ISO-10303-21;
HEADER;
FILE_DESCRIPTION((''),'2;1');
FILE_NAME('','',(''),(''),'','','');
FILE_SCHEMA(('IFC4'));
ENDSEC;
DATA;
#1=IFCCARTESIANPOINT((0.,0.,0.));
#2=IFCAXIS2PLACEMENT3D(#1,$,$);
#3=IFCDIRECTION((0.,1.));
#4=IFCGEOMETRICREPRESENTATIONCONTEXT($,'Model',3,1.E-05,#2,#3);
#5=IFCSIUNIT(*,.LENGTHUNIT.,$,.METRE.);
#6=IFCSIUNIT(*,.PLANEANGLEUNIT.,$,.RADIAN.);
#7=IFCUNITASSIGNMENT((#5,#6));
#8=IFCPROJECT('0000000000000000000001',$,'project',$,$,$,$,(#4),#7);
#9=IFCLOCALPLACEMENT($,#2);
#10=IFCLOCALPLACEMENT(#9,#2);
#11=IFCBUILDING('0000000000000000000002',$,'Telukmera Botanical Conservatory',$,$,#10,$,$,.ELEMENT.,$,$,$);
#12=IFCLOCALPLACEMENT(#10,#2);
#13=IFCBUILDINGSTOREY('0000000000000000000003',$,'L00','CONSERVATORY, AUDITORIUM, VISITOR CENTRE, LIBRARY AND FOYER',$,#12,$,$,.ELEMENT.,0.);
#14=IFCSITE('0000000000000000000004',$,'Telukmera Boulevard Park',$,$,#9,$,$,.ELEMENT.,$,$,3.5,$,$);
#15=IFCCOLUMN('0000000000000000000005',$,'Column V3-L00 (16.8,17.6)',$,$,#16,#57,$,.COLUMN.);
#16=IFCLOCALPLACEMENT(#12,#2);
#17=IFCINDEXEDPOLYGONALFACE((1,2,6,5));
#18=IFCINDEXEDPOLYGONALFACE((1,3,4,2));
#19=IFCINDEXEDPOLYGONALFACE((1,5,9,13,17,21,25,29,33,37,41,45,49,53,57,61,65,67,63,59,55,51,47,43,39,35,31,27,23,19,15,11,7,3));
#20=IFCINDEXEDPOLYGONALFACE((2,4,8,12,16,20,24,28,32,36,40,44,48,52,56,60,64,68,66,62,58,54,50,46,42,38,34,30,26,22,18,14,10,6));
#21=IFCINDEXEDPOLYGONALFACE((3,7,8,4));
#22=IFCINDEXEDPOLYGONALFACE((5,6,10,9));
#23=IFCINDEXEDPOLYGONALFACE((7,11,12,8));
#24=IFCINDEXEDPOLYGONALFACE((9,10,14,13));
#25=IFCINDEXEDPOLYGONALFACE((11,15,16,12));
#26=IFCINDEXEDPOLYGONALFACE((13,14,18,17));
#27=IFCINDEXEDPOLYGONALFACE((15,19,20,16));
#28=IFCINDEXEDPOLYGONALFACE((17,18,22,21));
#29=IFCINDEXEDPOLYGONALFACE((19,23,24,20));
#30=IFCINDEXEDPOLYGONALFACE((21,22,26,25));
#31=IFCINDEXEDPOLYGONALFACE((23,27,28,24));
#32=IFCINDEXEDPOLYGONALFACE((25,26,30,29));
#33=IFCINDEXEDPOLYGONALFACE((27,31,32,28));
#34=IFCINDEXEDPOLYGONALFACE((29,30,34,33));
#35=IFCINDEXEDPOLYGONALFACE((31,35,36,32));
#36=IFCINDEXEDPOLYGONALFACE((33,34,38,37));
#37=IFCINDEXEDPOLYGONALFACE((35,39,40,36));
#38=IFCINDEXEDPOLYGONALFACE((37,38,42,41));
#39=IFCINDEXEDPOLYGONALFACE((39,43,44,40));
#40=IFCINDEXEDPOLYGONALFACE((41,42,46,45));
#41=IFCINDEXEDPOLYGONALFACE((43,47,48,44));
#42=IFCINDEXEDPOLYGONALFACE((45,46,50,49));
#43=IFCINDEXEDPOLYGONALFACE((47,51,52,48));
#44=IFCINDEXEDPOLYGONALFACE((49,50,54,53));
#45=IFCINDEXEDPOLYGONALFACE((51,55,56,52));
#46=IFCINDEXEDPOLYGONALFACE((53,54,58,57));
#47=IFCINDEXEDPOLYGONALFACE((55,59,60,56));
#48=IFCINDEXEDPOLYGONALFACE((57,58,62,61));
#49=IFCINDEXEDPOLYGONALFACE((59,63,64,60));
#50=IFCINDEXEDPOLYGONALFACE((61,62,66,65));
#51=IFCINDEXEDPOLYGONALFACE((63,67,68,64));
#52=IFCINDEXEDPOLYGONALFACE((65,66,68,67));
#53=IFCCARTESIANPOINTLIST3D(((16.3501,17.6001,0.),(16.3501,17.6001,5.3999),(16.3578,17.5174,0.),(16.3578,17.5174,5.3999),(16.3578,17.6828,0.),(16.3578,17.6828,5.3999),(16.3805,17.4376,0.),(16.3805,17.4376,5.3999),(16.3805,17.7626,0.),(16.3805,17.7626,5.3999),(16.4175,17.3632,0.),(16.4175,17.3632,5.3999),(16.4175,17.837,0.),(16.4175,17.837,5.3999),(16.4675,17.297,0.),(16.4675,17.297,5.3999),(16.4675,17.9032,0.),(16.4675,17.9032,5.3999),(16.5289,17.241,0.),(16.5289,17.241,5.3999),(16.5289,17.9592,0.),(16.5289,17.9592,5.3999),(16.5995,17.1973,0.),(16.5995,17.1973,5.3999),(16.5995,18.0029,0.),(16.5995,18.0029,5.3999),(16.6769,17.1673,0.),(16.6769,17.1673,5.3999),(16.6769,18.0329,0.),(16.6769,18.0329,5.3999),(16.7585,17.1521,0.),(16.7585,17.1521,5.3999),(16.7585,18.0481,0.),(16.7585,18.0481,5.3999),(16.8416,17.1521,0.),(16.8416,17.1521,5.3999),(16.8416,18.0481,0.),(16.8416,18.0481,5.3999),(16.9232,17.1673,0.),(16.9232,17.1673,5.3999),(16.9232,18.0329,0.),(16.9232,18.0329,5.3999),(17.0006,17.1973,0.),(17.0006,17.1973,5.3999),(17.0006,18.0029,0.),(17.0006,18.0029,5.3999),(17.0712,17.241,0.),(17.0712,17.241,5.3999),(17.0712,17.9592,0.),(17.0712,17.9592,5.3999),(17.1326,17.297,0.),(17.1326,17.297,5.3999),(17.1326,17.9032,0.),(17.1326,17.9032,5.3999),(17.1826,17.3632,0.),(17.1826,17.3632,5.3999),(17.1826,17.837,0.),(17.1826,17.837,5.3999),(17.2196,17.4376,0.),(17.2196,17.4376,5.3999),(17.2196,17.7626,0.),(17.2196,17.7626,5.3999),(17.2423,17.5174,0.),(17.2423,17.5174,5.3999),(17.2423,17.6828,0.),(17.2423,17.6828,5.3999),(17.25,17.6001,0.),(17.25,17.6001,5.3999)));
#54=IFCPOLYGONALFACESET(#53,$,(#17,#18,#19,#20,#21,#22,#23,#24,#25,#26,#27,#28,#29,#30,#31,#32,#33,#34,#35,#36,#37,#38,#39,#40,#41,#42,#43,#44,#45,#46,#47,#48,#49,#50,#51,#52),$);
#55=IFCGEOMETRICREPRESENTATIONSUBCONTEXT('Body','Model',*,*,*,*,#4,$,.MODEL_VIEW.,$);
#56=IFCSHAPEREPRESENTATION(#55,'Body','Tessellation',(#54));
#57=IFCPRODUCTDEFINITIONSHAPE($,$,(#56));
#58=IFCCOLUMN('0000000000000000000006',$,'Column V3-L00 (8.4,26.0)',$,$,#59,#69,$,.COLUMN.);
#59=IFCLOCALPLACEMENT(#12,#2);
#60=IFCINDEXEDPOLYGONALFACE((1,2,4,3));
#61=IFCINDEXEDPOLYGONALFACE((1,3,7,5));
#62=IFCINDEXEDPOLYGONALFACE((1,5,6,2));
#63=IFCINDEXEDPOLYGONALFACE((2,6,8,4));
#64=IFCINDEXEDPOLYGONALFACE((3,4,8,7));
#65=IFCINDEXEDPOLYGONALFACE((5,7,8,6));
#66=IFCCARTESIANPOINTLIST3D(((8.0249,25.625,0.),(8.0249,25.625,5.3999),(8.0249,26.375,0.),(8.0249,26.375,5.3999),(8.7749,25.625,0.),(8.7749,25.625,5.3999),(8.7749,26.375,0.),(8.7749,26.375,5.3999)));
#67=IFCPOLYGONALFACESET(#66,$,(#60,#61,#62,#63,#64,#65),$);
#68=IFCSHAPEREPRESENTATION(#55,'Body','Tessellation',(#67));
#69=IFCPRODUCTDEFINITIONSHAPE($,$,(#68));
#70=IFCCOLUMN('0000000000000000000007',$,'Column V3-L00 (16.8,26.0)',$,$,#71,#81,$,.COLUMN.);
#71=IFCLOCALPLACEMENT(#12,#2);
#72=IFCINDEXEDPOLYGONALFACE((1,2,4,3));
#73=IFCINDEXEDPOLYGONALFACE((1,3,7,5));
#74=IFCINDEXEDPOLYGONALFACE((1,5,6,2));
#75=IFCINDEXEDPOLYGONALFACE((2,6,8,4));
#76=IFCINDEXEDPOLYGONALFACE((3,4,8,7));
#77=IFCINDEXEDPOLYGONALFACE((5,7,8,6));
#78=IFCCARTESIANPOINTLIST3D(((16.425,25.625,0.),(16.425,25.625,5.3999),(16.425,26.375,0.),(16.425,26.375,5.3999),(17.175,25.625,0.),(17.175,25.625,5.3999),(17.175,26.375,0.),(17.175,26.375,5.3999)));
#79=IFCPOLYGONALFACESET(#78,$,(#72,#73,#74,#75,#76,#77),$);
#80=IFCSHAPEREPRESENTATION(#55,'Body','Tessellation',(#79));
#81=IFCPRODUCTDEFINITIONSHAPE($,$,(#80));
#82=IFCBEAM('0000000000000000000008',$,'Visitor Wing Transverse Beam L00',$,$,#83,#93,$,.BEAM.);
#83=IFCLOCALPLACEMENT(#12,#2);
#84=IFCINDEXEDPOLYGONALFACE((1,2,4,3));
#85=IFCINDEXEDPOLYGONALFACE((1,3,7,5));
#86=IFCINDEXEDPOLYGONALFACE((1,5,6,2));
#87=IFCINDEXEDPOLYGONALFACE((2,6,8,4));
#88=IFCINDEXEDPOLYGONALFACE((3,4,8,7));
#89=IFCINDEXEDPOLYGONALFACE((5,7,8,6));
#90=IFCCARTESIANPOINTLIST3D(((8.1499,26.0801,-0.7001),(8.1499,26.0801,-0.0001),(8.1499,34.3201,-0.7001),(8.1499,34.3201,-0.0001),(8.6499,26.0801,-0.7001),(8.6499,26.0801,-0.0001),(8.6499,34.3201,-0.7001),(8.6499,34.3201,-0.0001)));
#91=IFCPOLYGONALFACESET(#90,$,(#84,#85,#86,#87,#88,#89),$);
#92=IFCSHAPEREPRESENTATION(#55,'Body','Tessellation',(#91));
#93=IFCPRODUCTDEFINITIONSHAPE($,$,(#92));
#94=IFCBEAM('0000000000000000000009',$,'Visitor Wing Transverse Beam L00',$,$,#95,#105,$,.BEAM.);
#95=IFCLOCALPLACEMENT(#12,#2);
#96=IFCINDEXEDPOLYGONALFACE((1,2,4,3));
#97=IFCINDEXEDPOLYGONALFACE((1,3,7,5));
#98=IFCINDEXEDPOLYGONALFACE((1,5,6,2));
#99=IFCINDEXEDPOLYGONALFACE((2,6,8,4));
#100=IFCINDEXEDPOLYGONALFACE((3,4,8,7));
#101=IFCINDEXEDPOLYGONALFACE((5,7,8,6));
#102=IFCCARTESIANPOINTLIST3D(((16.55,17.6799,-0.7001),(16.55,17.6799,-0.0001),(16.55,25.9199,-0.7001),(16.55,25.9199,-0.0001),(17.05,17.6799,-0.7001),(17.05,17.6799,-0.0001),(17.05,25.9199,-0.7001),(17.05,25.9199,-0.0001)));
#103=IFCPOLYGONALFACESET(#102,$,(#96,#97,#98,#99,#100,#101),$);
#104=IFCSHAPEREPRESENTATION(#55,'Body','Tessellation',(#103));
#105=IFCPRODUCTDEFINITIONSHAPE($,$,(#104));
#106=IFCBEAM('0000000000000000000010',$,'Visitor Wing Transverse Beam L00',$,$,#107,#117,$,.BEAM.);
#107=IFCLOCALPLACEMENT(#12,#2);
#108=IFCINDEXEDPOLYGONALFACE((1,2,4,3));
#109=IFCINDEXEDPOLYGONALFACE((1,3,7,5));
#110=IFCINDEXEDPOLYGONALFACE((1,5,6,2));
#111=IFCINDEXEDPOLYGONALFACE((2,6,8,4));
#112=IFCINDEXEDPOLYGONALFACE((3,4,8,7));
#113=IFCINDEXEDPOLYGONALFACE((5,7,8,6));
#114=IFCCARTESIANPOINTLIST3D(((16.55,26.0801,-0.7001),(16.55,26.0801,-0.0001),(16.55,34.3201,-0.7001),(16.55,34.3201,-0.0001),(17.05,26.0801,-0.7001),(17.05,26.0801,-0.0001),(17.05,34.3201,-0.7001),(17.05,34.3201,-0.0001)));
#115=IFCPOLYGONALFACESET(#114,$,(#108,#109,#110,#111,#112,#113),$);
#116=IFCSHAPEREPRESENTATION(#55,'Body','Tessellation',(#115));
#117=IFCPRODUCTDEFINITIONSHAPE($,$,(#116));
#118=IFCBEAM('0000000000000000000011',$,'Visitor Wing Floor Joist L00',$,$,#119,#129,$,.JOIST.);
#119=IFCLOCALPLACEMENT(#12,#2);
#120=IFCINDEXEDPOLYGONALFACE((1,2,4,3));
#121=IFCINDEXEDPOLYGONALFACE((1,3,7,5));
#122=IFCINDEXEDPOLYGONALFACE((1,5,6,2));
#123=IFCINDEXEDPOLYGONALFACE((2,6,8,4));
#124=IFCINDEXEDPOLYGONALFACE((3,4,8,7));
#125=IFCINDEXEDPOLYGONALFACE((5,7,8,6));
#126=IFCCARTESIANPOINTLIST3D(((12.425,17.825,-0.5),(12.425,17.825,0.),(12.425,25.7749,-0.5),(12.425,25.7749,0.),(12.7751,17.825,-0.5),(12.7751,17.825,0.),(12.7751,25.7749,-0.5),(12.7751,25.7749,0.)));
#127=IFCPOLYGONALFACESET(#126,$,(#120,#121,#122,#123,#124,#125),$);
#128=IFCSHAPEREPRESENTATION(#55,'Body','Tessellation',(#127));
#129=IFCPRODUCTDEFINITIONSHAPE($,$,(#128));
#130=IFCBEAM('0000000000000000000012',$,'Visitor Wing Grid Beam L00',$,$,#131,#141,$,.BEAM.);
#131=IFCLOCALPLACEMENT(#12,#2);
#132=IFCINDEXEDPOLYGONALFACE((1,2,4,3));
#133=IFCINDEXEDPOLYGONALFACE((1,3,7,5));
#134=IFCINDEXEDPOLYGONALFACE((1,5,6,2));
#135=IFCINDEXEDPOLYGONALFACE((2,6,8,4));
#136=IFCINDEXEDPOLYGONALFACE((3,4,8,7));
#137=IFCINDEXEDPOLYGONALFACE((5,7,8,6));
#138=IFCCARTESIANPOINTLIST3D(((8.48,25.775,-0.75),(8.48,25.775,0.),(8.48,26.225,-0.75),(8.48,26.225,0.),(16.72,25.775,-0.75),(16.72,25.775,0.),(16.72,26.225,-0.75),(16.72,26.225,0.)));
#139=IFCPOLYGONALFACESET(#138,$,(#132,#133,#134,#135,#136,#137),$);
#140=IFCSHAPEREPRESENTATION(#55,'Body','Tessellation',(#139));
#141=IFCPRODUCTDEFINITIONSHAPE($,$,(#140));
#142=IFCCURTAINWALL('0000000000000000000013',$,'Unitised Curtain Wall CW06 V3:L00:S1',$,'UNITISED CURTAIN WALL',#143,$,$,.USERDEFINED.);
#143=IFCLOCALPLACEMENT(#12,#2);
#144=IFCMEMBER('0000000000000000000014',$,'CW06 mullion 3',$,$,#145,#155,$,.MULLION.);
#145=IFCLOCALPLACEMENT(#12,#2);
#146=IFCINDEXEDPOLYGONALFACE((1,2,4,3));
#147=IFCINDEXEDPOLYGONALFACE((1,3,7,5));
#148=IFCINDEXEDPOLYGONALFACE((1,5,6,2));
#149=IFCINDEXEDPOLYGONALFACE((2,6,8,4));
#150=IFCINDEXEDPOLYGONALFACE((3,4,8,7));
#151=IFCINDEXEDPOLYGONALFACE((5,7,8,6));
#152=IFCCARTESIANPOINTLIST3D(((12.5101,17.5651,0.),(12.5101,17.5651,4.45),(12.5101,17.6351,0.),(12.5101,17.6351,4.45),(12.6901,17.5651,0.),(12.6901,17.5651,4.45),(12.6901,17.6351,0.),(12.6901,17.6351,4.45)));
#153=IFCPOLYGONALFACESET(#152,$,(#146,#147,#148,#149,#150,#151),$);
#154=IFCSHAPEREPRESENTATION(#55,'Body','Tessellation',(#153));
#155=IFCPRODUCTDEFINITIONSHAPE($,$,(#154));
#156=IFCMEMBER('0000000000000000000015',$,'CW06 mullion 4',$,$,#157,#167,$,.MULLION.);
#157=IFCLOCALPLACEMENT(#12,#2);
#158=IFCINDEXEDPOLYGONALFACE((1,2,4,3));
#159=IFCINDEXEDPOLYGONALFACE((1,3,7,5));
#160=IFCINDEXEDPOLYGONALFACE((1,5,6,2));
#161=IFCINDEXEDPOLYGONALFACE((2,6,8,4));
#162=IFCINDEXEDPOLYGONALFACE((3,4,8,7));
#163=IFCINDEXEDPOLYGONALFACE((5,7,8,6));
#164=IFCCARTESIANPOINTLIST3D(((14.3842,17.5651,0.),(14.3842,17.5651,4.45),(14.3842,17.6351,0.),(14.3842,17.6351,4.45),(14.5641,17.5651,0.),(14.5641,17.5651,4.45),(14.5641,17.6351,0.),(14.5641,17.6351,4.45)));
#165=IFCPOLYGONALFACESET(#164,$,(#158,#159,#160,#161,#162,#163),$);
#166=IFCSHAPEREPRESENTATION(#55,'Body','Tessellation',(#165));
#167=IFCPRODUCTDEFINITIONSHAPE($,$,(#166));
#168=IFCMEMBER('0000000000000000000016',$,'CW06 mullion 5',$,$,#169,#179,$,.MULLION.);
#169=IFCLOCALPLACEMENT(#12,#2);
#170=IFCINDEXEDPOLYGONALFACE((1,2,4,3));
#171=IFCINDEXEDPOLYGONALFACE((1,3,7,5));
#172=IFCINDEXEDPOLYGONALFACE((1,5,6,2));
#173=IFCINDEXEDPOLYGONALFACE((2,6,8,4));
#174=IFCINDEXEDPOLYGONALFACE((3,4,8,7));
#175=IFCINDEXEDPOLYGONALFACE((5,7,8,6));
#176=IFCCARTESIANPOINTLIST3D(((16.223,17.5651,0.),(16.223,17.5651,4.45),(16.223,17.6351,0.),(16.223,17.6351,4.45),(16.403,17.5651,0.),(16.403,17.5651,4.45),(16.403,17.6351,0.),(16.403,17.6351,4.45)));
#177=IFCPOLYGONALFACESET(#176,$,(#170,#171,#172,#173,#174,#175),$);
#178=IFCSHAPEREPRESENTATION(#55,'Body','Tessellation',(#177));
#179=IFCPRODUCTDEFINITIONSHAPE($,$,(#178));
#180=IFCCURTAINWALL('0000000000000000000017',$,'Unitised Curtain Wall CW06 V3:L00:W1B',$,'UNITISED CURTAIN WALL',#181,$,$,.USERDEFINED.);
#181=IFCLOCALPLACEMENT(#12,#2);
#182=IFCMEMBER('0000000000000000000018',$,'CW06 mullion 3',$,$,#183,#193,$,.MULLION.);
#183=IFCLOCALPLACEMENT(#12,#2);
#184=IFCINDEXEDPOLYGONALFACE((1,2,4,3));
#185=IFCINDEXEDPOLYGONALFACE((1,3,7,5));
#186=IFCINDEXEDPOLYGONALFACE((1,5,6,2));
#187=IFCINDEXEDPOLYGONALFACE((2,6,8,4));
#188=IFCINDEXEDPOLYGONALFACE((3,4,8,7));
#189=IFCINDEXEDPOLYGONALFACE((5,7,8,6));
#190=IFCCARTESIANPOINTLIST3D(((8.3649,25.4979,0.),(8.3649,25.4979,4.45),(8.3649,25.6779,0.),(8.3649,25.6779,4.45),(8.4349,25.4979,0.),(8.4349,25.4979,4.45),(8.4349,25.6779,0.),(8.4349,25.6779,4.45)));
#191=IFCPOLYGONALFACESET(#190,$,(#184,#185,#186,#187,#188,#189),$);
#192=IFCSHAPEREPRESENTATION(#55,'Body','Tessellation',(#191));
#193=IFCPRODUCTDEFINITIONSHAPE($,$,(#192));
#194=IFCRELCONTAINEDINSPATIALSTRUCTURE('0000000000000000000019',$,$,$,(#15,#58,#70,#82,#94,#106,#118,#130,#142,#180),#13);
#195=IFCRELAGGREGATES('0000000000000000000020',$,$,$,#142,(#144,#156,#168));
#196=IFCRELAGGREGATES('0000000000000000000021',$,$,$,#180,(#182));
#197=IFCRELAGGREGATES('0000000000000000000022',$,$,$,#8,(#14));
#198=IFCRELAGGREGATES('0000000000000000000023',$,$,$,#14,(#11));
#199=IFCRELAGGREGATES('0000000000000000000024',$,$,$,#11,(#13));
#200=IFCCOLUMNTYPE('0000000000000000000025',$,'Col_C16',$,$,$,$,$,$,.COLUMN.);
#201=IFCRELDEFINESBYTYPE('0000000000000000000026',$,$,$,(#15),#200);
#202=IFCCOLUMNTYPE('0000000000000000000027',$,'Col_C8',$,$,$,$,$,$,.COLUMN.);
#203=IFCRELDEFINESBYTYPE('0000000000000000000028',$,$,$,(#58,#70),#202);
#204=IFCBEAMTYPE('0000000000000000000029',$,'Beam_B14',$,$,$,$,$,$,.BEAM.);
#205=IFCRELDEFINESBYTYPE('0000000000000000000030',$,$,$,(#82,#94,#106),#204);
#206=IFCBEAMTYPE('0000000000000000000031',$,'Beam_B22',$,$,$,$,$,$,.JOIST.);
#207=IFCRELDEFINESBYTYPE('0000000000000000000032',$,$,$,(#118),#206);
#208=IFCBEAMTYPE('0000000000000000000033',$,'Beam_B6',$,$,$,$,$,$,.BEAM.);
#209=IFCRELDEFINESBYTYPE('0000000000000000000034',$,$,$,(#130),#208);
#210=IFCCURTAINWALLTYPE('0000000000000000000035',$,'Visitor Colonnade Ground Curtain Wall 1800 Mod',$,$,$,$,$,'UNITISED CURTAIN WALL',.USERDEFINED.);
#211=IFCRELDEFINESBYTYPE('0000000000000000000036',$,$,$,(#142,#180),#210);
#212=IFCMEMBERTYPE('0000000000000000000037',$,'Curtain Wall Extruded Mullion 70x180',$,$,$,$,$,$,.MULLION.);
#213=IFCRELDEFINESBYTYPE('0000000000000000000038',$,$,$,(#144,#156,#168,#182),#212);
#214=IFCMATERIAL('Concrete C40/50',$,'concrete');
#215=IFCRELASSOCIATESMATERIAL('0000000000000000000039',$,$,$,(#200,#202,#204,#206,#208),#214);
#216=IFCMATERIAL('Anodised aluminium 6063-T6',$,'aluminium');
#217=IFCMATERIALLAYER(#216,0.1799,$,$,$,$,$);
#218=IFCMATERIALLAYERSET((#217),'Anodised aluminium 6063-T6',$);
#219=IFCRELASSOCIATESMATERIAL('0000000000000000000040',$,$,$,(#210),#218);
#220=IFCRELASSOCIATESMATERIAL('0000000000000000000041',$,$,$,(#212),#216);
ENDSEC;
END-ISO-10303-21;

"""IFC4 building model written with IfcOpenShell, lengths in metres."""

from ifc_helpers import new_model, si_unit, direction, frame, origin, origin_2d, place, context, subcontext, project, spatial, rectangle, circle, extrude, material, layer, layer_set, material_profile, profile_set, type_object, element, aggregate, save


model = new_model("IFC4")

# Units and contexts
model_context = context("Model", 3, precision=1e-05, world=origin(), true_north=direction((0.0, 1.0)))
body_context = subcontext(model_context, "Body", "Model", "MODEL_VIEW")
ifc_project = project(units=[si_unit("LENGTHUNIT", "METRE"), si_unit("PLANEANGLEUNIT", "RADIAN")], contexts=[model_context])

# Site, building, storey
site_placement = place(None, origin())
site = spatial("IfcSite", under=ifc_project, at=site_placement, Name="Telukmera Boulevard Park", CompositionType="ELEMENT", RefElevation=3.5)
building_placement = place(site_placement, origin())
building = spatial("IfcBuilding", under=site, at=building_placement, Name="Telukmera Botanical Conservatory", CompositionType="ELEMENT")
storey_placement = place(building_placement, origin())
storey = spatial("IfcBuildingStorey", under=building, at=storey_placement, Name="L00", Description="CONSERVATORY, AUDITORIUM, VISITOR CENTRE, LIBRARY AND FOYER", CompositionType="ELEMENT", Elevation=0.0)

# Columns
ifc_material_1 = material(Name="Concrete C40/50", Category="concrete")
ifc_material_profile_1 = material_profile(ifc_material_1, circle(Radius=0.45, at=origin_2d()), Name="RC D900")
ifc_profile_set_1 = profile_set([ifc_material_profile_1], Name="Concrete C40/50")
column_type_1 = type_object("IfcColumnType", Name="Col_C16", PredefinedType="COLUMN", material=ifc_profile_set_1)
column_placement = place(storey_placement, frame((16.8, 17.6001, 0.0), z_axis=(0.0, 0.0, 1.0), x_axis=(1.0, 0.0, 0.0)))
element("IfcColumn", 1, at=column_placement, inside=storey, type_object=column_type_1, Name="Column V3-L00 (16.8,17.6)", PredefinedType="COLUMN", context=body_context, shape_type="SweptSolid", body=[
    extrude(circle(Radius=0.45, at=origin_2d()), origin(), (0.0, 0.0, 1.0), 5.3999),
])
ifc_material_profile_2 = material_profile(ifc_material_1, rectangle(XDim=0.75, YDim=0.75, at=origin_2d()), Name="RC 750x750")
ifc_profile_set_2 = profile_set([ifc_material_profile_2], Name="Concrete C40/50")
column_type_2 = type_object("IfcColumnType", Name="Col_C8", PredefinedType="COLUMN", material=ifc_profile_set_2)
for number, where, z_axis, x_axis, name in (
    (2, (8.3999, 26.0, 0.0), (0.0, 0.0, 1.0), (1.0, 0.0, 0.0), "Column V3-L00 (8.4,26.0)"),
    (3, (16.8, 26.0, 0.0), (0.0, 0.0, 1.0), (1.0, 0.0, 0.0), "Column V3-L00 (16.8,26.0)"),
):
    element("IfcColumn", number, at=place(storey_placement, frame(where, z_axis=z_axis, x_axis=x_axis)), inside=storey, type_object=column_type_2, Name=name, PredefinedType="COLUMN", context=body_context, shape_type="SweptSolid", body=[
        extrude(rectangle(XDim=0.75, YDim=0.75, at=origin_2d()), origin(), (0.0, 0.0, 1.0), 5.3999),
    ])

# Beams
ifc_material_profile_3 = material_profile(ifc_material_1, rectangle(XDim=0.5, YDim=0.7, at=origin_2d()), Name="RC 500x700")
ifc_profile_set_3 = profile_set([ifc_material_profile_3], Name="Concrete C40/50")
beam_type_1 = type_object("IfcBeamType", Name="Beam_B14", PredefinedType="BEAM", material=ifc_profile_set_3)
for number, where, z_axis, x_axis, name in (
    (4, (8.3999, 26.0801, -0.3501), (0.0, 1.0, 0.0), (-1.0, 0.0, 0.0), "Visitor Wing Transverse Beam L00"),
    (5, (16.8, 17.6799, -0.3501), (0.0, 1.0, 0.0), (-1.0, 0.0, 0.0), "Visitor Wing Transverse Beam L00"),
    (6, (16.8, 26.0801, -0.3501), (0.0, 1.0, 0.0), (-1.0, 0.0, 0.0), "Visitor Wing Transverse Beam L00"),
):
    element("IfcBeam", number, at=place(storey_placement, frame(where, z_axis=z_axis, x_axis=x_axis)), inside=storey, type_object=beam_type_1, Name=name, PredefinedType="BEAM", context=body_context, shape_type="SweptSolid", body=[
        extrude(rectangle(XDim=0.5, YDim=0.7, at=origin_2d()), origin(), (0.0, 0.0, 1.0), 8.24),
    ])
ifc_material_profile_4 = material_profile(ifc_material_1, rectangle(XDim=0.3501, YDim=0.5, at=origin_2d()), Name="RC 350x500")
ifc_profile_set_4 = profile_set([ifc_material_profile_4], Name="Concrete C40/50")
beam_type_2 = type_object("IfcBeamType", Name="Beam_B22", PredefinedType="JOIST", material=ifc_profile_set_4)
beam_1_placement = place(storey_placement, frame((12.6001, 17.825, -0.25), z_axis=(0.0, 1.0, 0.0), x_axis=(-1.0, 0.0, 0.0)))
element("IfcBeam", 7, at=beam_1_placement, inside=storey, type_object=beam_type_2, Name="Visitor Wing Floor Joist L00", PredefinedType="JOIST", context=body_context, shape_type="SweptSolid", body=[
    extrude(rectangle(XDim=0.3501, YDim=0.5, at=origin_2d()), origin(), (0.0, 0.0, 1.0), 7.95),
])
ifc_material_profile_5 = material_profile(ifc_material_1, rectangle(XDim=0.45, YDim=0.75, at=origin_2d()), Name="RC 450x750")
ifc_profile_set_5 = profile_set([ifc_material_profile_5], Name="Concrete C40/50")
beam_type_3 = type_object("IfcBeamType", Name="Beam_B6", PredefinedType="BEAM", material=ifc_profile_set_5)
beam_2_placement = place(storey_placement, frame((8.48, 26.0, -0.375), z_axis=(1.0, 0.0, 0.0), x_axis=(0.0, 1.0, 0.0)))
element("IfcBeam", 8, at=beam_2_placement, inside=storey, type_object=beam_type_3, Name="Visitor Wing Grid Beam L00", PredefinedType="BEAM", context=body_context, shape_type="SweptSolid", body=[
    extrude(rectangle(XDim=0.45, YDim=0.75, at=origin_2d()), origin(), (0.0, 0.0, 1.0), 8.24),
])

# Curtain wall, members
ifc_material_2 = material(Name="Anodised aluminium 6063-T6", Category="aluminium")
ifc_layer_1 = layer(ifc_material_2, 0.1799)
ifc_layer_set_1 = layer_set([ifc_layer_1], Name="Anodised aluminium 6063-T6")
curtain_wall_type = type_object("IfcCurtainWallType", Name="Visitor Colonnade Ground Curtain Wall 1800 Mod", ElementType="UNITISED CURTAIN WALL", PredefinedType="USERDEFINED", material=ifc_layer_set_1)
curtain_wall_1_placement = place(storey_placement, origin())
curtain_wall_1 = element("IfcCurtainWall", 9, at=curtain_wall_1_placement, inside=storey, type_object=curtain_wall_type, Name="Unitised Curtain Wall CW06 V3:L00:S1", ObjectType="UNITISED CURTAIN WALL", PredefinedType="USERDEFINED")
ifc_material_profile_6 = material_profile(ifc_material_2, rectangle(XDim=0.0701, YDim=0.1799, at=origin_2d()), Name="ALU MULL 70x180")
ifc_profile_set_6 = profile_set([ifc_material_profile_6], Name="Anodised aluminium 6063-T6")
member_type_1 = type_object("IfcMemberType", Name="Curtain Wall Extruded Mullion 70x180", PredefinedType="MULLION", material=ifc_profile_set_6)
member_1_placement = place(storey_placement, frame((12.6001, 17.6001, 0.0), z_axis=(0.0, 0.0, 1.0), x_axis=(0.0, 1.0, 0.0)))
member_1 = element("IfcMember", 10, at=member_1_placement, type_object=member_type_1, Name="CW06 mullion 3", PredefinedType="MULLION", context=body_context, shape_type="SweptSolid", body=[
    extrude(rectangle(XDim=0.0701, YDim=0.1799, at=origin_2d()), origin(), (0.0, 0.0, 1.0), 4.45),
])
member_2_placement = place(storey_placement, frame((14.4741, 17.6001, 0.0), z_axis=(0.0, 0.0, 1.0), x_axis=(0.0, 1.0, 0.0)))
member_2 = element("IfcMember", 11, at=member_2_placement, type_object=member_type_1, Name="CW06 mullion 4", PredefinedType="MULLION", context=body_context, shape_type="SweptSolid", body=[
    extrude(rectangle(XDim=0.0701, YDim=0.1799, at=origin_2d()), origin(), (0.0, 0.0, 1.0), 4.45),
])
member_3_placement = place(storey_placement, frame((16.313, 17.6001, 0.0), z_axis=(0.0, 0.0, 1.0), x_axis=(0.0, 1.0, 0.0)))
member_3 = element("IfcMember", 12, at=member_3_placement, type_object=member_type_1, Name="CW06 mullion 5", PredefinedType="MULLION", context=body_context, shape_type="SweptSolid", body=[
    extrude(rectangle(XDim=0.0701, YDim=0.1799, at=origin_2d()), origin(), (0.0, 0.0, 1.0), 4.45),
])

# Curtain wall, member
curtain_wall_2_placement = place(storey_placement, origin())
curtain_wall_2 = element("IfcCurtainWall", 13, at=curtain_wall_2_placement, inside=storey, type_object=curtain_wall_type, Name="Unitised Curtain Wall CW06 V3:L00:W1B", ObjectType="UNITISED CURTAIN WALL", PredefinedType="USERDEFINED")
member_4_placement = place(storey_placement, frame((8.3999, 25.5879, 0.0), z_axis=(0.0, 0.0, 1.0), x_axis=(-1.0, 0.0, 0.0)))
member_4 = element("IfcMember", 14, at=member_4_placement, type_object=member_type_1, Name="CW06 mullion 3", PredefinedType="MULLION", context=body_context, shape_type="SweptSolid", body=[
    extrude(rectangle(XDim=0.0701, YDim=0.1799, at=origin_2d()), origin(), (0.0, 0.0, 1.0), 4.45),
])

aggregate(curtain_wall_1, [member_1, member_2, member_3])
aggregate(curtain_wall_2, [member_4])

save(model, "model.ifc")
